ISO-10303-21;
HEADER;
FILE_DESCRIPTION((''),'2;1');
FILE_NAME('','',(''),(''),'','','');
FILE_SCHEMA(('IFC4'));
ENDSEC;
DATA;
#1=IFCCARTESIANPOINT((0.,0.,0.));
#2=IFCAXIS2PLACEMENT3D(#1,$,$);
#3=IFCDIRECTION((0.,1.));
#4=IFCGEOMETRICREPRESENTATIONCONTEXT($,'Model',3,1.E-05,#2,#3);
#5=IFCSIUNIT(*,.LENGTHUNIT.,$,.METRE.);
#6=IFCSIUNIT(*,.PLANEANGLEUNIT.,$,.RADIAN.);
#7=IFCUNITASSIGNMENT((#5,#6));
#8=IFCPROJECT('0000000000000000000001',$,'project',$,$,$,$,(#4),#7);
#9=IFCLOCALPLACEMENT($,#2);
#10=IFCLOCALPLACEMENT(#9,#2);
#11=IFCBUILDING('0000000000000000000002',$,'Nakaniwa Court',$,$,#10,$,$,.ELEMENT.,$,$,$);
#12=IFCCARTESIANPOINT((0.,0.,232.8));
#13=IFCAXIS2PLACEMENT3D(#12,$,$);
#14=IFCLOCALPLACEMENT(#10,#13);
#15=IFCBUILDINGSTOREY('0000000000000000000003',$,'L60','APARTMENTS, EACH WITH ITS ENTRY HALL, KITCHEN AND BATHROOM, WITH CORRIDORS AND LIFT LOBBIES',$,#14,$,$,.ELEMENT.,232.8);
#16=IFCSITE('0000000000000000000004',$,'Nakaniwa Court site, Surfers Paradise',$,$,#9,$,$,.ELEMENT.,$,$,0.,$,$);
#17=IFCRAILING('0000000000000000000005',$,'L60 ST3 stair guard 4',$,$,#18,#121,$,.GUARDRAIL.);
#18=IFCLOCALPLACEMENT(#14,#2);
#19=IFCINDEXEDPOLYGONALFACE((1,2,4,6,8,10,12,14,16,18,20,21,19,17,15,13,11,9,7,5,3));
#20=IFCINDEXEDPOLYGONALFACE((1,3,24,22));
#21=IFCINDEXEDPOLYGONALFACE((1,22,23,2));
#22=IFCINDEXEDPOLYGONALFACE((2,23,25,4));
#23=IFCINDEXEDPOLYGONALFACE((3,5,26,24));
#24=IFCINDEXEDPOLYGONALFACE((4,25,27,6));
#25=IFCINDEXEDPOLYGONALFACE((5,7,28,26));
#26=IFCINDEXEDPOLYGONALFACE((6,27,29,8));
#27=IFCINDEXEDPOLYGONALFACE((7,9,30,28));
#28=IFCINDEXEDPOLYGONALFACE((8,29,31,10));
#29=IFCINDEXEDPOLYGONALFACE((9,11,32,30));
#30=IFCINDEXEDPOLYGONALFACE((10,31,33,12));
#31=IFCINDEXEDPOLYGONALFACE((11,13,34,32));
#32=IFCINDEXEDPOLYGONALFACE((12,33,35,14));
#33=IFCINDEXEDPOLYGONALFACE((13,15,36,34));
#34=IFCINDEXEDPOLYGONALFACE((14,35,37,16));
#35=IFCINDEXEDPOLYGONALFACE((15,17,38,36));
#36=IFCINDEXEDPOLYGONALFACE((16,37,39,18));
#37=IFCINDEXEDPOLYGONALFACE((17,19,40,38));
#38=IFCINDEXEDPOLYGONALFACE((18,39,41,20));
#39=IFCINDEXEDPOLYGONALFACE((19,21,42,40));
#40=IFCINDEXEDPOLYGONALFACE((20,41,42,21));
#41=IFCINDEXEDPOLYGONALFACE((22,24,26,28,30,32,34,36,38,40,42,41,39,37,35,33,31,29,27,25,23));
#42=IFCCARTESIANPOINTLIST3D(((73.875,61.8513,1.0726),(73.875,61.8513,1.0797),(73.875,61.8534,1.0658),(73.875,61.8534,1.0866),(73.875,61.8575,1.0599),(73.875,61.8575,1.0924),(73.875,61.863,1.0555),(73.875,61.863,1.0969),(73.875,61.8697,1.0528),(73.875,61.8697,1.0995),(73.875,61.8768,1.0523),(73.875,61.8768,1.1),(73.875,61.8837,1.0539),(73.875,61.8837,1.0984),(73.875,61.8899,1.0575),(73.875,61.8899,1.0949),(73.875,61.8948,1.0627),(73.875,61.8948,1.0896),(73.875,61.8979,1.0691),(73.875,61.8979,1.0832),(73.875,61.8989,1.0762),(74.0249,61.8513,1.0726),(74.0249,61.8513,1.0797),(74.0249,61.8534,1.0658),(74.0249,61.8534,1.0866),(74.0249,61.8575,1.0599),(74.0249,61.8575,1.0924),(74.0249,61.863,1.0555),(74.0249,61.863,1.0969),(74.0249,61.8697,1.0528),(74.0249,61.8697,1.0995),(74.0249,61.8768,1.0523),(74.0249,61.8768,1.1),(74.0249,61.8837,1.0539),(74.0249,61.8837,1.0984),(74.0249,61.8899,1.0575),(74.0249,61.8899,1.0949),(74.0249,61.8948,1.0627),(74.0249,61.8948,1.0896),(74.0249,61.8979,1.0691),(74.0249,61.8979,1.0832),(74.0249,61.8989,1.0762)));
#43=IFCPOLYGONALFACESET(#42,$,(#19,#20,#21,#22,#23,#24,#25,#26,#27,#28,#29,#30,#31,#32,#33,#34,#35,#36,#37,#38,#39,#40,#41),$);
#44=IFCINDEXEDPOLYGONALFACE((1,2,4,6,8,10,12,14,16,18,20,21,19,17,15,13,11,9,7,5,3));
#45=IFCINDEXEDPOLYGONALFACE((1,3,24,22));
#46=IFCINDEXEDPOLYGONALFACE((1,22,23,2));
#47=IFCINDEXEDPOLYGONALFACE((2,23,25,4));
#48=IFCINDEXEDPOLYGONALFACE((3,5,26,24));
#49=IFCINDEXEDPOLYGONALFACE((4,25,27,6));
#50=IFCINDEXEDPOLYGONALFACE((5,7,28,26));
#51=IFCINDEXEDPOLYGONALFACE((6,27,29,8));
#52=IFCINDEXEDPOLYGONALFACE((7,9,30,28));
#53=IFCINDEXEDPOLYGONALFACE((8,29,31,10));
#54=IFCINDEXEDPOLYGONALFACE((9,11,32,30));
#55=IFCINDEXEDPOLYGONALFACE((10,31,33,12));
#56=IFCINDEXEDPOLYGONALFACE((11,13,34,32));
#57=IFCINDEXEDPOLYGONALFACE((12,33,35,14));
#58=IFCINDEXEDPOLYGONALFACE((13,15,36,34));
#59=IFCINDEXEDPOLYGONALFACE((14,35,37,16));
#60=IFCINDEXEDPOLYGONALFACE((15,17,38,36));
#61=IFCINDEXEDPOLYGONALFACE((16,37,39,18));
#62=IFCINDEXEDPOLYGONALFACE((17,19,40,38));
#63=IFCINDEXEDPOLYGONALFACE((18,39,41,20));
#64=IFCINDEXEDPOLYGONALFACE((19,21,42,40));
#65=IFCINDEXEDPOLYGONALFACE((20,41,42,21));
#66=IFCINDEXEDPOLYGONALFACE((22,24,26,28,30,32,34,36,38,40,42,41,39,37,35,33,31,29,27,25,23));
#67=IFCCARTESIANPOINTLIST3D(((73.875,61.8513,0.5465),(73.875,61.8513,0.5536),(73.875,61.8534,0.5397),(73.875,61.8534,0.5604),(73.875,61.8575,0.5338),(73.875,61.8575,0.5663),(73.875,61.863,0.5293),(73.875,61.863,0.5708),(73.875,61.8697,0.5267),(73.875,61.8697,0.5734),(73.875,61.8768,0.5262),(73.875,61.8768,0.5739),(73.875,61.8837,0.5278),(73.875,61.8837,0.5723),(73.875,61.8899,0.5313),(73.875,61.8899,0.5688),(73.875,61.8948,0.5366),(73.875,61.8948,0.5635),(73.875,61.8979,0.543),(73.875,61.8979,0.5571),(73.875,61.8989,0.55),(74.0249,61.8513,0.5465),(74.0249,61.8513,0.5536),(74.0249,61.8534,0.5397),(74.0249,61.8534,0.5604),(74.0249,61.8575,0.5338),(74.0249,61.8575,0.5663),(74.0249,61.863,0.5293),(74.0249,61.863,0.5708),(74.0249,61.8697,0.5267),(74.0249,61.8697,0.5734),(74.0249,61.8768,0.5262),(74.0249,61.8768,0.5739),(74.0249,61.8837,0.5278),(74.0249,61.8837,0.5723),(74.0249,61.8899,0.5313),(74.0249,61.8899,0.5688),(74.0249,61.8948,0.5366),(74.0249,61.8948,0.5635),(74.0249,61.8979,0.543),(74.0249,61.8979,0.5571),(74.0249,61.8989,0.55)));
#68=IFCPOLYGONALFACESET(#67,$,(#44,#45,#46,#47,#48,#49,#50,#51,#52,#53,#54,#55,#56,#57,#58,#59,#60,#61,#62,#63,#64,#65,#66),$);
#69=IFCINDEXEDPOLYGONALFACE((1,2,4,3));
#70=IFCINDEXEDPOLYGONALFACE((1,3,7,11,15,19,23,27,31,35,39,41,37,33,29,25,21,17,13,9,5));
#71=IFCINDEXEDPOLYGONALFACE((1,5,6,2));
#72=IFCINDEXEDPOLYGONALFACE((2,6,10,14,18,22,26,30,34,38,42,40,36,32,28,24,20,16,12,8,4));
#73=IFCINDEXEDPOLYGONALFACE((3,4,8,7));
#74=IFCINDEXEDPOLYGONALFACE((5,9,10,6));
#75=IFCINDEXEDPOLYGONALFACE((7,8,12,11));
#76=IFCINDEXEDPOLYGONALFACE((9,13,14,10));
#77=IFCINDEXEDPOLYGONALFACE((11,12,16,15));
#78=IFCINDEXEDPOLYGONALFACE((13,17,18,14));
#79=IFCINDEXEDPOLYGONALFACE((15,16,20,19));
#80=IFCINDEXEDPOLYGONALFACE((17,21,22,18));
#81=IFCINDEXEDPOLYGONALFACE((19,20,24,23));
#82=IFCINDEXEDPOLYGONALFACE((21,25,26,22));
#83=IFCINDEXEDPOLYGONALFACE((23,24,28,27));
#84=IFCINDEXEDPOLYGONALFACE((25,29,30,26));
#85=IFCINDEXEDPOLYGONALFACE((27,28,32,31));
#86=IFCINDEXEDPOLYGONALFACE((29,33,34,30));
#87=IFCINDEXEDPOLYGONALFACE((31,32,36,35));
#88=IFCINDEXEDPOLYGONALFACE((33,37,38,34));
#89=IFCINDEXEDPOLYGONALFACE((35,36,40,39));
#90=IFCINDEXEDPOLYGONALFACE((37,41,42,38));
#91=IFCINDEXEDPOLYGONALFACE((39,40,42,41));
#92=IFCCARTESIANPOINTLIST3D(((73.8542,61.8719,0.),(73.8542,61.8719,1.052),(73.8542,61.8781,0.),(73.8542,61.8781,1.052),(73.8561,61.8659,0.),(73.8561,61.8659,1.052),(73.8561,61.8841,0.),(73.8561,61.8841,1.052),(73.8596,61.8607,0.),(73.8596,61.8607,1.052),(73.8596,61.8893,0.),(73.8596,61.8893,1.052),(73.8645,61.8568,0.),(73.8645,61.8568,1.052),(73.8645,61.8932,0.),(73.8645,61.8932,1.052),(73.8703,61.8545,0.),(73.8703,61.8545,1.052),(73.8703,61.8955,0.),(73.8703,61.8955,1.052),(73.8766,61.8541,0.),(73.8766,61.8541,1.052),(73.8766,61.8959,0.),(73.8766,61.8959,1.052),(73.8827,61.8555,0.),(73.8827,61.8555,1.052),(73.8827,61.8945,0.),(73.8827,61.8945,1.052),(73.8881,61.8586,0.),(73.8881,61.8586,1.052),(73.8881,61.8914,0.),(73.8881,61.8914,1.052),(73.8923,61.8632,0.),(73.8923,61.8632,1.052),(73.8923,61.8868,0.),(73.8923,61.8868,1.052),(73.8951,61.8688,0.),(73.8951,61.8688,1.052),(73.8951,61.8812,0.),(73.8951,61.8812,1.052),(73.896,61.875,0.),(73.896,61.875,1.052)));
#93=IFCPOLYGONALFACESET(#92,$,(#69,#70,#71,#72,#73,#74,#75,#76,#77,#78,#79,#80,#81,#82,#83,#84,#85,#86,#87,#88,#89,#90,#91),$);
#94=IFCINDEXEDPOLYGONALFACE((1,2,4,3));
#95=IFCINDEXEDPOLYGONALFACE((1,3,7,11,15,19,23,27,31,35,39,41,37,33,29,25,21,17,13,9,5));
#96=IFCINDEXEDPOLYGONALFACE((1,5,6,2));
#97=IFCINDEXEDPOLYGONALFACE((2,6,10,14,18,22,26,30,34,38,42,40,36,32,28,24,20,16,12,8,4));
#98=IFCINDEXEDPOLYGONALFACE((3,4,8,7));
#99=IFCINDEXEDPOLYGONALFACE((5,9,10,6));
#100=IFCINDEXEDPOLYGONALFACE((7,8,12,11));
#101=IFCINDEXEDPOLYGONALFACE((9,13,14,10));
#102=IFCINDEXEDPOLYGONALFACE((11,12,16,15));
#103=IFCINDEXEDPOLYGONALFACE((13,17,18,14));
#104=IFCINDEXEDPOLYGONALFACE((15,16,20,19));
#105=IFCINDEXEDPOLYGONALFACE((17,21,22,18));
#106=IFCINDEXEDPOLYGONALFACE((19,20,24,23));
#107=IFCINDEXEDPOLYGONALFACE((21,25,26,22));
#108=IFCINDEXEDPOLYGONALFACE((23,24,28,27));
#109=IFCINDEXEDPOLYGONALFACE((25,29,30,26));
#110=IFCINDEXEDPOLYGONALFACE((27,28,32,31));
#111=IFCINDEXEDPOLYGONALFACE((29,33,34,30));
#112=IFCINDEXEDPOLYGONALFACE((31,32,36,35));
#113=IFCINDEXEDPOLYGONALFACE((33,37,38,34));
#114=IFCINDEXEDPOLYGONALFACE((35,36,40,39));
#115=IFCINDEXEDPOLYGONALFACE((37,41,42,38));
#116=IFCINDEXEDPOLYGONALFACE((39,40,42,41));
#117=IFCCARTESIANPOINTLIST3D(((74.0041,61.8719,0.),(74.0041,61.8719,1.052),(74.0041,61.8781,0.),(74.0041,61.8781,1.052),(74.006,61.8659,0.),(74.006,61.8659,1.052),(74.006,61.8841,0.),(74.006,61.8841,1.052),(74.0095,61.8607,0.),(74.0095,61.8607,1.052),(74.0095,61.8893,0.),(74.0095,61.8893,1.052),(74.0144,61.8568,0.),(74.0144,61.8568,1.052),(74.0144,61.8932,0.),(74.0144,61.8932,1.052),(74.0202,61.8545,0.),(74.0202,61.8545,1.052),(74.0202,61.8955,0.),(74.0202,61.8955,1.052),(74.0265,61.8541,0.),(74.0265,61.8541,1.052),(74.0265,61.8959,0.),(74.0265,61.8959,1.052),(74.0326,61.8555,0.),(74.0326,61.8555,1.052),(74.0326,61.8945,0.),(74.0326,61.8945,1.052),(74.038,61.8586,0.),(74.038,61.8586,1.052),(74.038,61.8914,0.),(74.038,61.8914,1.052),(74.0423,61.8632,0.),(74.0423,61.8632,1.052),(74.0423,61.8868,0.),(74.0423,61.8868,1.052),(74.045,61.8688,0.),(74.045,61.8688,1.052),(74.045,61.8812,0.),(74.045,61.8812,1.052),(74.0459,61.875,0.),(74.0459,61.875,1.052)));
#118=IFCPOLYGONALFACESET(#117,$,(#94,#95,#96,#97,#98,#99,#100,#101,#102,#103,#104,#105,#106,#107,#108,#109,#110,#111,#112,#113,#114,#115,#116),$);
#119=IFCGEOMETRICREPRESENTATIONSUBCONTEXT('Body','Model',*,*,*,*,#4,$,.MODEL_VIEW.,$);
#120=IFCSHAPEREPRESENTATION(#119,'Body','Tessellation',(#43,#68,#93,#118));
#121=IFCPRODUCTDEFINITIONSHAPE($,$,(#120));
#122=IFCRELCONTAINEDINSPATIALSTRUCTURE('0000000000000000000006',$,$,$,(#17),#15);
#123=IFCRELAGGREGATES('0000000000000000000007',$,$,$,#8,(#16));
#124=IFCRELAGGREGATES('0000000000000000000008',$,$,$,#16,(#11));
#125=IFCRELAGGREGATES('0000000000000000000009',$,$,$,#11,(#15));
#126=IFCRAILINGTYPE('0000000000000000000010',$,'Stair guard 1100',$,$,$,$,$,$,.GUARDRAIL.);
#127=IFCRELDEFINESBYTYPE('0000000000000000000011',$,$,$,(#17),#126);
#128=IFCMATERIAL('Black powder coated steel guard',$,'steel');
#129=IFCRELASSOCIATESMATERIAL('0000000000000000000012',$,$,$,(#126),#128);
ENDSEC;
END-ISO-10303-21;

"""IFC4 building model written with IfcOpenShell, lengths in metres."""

from ifc_helpers import new_model, si_unit, direction, frame, origin, origin_2d, place, context, subcontext, project, spatial, circle, extrude, material, type_object, element, save


model = new_model("IFC4")

# Units and contexts
model_context = context("Model", 3, precision=1e-05, world=origin(), true_north=direction((0.0, 1.0)))
body_context = subcontext(model_context, "Body", "Model", "MODEL_VIEW")
ifc_project = project(units=[si_unit("LENGTHUNIT", "METRE"), si_unit("PLANEANGLEUNIT", "RADIAN")], contexts=[model_context])

# Site, building, storey
site_placement = place(None, origin())
site = spatial("IfcSite", under=ifc_project, at=site_placement, Name="Nakaniwa Court site, Surfers Paradise", CompositionType="ELEMENT", RefElevation=0.0)
building_placement = place(site_placement, origin())
building = spatial("IfcBuilding", under=site, at=building_placement, Name="Nakaniwa Court", CompositionType="ELEMENT")
storey_placement = place(building_placement, frame((0.0, 0.0, 232.8)))
storey = spatial("IfcBuildingStorey", under=building, at=storey_placement, Name="L60", Description="APARTMENTS, EACH WITH ITS ENTRY HALL, KITCHEN AND BATHROOM, WITH CORRIDORS AND LIFT LOBBIES", CompositionType="ELEMENT", Elevation=232.8)

# Railing
ifc_material_1 = material(Name="Black powder coated steel guard", Category="steel")
railing_type_1 = type_object("IfcRailingType", Name="Stair guard 1100", PredefinedType="GUARDRAIL", material=ifc_material_1)
railing_1_placement = place(storey_placement, frame((73.875, 61.875, 0.0)))
element("IfcRailing", 1, at=railing_1_placement, inside=storey, type_object=railing_type_1, Name="L60 ST3 stair guard 4", PredefinedType="GUARDRAIL", context=body_context, shape_type="SweptSolid", body=[
    extrude(circle(Radius=0.0239, at=origin_2d()), frame((0.0, 0.0, 1.0762), z_axis=(1.0, 0.0, 0.0), x_axis=(0.0, 1.0, 0.0)), (0.0, 0.0, 1.0), 0.1499),
    extrude(circle(Radius=0.0239, at=origin_2d()), frame((0.0, 0.0, 0.55), z_axis=(1.0, 0.0, 0.0), x_axis=(0.0, 1.0, 0.0)), (0.0, 0.0, 1.0), 0.1499),
    extrude(circle(Radius=0.021, at=origin_2d()), origin(), (0.0, 0.0, 1.0), 1.052),
    extrude(circle(Radius=0.021, at=origin_2d()), frame((0.1499, 0.0, 0.0)), (0.0, 0.0, 1.0), 1.052),
])

save(model, "model.ifc")
